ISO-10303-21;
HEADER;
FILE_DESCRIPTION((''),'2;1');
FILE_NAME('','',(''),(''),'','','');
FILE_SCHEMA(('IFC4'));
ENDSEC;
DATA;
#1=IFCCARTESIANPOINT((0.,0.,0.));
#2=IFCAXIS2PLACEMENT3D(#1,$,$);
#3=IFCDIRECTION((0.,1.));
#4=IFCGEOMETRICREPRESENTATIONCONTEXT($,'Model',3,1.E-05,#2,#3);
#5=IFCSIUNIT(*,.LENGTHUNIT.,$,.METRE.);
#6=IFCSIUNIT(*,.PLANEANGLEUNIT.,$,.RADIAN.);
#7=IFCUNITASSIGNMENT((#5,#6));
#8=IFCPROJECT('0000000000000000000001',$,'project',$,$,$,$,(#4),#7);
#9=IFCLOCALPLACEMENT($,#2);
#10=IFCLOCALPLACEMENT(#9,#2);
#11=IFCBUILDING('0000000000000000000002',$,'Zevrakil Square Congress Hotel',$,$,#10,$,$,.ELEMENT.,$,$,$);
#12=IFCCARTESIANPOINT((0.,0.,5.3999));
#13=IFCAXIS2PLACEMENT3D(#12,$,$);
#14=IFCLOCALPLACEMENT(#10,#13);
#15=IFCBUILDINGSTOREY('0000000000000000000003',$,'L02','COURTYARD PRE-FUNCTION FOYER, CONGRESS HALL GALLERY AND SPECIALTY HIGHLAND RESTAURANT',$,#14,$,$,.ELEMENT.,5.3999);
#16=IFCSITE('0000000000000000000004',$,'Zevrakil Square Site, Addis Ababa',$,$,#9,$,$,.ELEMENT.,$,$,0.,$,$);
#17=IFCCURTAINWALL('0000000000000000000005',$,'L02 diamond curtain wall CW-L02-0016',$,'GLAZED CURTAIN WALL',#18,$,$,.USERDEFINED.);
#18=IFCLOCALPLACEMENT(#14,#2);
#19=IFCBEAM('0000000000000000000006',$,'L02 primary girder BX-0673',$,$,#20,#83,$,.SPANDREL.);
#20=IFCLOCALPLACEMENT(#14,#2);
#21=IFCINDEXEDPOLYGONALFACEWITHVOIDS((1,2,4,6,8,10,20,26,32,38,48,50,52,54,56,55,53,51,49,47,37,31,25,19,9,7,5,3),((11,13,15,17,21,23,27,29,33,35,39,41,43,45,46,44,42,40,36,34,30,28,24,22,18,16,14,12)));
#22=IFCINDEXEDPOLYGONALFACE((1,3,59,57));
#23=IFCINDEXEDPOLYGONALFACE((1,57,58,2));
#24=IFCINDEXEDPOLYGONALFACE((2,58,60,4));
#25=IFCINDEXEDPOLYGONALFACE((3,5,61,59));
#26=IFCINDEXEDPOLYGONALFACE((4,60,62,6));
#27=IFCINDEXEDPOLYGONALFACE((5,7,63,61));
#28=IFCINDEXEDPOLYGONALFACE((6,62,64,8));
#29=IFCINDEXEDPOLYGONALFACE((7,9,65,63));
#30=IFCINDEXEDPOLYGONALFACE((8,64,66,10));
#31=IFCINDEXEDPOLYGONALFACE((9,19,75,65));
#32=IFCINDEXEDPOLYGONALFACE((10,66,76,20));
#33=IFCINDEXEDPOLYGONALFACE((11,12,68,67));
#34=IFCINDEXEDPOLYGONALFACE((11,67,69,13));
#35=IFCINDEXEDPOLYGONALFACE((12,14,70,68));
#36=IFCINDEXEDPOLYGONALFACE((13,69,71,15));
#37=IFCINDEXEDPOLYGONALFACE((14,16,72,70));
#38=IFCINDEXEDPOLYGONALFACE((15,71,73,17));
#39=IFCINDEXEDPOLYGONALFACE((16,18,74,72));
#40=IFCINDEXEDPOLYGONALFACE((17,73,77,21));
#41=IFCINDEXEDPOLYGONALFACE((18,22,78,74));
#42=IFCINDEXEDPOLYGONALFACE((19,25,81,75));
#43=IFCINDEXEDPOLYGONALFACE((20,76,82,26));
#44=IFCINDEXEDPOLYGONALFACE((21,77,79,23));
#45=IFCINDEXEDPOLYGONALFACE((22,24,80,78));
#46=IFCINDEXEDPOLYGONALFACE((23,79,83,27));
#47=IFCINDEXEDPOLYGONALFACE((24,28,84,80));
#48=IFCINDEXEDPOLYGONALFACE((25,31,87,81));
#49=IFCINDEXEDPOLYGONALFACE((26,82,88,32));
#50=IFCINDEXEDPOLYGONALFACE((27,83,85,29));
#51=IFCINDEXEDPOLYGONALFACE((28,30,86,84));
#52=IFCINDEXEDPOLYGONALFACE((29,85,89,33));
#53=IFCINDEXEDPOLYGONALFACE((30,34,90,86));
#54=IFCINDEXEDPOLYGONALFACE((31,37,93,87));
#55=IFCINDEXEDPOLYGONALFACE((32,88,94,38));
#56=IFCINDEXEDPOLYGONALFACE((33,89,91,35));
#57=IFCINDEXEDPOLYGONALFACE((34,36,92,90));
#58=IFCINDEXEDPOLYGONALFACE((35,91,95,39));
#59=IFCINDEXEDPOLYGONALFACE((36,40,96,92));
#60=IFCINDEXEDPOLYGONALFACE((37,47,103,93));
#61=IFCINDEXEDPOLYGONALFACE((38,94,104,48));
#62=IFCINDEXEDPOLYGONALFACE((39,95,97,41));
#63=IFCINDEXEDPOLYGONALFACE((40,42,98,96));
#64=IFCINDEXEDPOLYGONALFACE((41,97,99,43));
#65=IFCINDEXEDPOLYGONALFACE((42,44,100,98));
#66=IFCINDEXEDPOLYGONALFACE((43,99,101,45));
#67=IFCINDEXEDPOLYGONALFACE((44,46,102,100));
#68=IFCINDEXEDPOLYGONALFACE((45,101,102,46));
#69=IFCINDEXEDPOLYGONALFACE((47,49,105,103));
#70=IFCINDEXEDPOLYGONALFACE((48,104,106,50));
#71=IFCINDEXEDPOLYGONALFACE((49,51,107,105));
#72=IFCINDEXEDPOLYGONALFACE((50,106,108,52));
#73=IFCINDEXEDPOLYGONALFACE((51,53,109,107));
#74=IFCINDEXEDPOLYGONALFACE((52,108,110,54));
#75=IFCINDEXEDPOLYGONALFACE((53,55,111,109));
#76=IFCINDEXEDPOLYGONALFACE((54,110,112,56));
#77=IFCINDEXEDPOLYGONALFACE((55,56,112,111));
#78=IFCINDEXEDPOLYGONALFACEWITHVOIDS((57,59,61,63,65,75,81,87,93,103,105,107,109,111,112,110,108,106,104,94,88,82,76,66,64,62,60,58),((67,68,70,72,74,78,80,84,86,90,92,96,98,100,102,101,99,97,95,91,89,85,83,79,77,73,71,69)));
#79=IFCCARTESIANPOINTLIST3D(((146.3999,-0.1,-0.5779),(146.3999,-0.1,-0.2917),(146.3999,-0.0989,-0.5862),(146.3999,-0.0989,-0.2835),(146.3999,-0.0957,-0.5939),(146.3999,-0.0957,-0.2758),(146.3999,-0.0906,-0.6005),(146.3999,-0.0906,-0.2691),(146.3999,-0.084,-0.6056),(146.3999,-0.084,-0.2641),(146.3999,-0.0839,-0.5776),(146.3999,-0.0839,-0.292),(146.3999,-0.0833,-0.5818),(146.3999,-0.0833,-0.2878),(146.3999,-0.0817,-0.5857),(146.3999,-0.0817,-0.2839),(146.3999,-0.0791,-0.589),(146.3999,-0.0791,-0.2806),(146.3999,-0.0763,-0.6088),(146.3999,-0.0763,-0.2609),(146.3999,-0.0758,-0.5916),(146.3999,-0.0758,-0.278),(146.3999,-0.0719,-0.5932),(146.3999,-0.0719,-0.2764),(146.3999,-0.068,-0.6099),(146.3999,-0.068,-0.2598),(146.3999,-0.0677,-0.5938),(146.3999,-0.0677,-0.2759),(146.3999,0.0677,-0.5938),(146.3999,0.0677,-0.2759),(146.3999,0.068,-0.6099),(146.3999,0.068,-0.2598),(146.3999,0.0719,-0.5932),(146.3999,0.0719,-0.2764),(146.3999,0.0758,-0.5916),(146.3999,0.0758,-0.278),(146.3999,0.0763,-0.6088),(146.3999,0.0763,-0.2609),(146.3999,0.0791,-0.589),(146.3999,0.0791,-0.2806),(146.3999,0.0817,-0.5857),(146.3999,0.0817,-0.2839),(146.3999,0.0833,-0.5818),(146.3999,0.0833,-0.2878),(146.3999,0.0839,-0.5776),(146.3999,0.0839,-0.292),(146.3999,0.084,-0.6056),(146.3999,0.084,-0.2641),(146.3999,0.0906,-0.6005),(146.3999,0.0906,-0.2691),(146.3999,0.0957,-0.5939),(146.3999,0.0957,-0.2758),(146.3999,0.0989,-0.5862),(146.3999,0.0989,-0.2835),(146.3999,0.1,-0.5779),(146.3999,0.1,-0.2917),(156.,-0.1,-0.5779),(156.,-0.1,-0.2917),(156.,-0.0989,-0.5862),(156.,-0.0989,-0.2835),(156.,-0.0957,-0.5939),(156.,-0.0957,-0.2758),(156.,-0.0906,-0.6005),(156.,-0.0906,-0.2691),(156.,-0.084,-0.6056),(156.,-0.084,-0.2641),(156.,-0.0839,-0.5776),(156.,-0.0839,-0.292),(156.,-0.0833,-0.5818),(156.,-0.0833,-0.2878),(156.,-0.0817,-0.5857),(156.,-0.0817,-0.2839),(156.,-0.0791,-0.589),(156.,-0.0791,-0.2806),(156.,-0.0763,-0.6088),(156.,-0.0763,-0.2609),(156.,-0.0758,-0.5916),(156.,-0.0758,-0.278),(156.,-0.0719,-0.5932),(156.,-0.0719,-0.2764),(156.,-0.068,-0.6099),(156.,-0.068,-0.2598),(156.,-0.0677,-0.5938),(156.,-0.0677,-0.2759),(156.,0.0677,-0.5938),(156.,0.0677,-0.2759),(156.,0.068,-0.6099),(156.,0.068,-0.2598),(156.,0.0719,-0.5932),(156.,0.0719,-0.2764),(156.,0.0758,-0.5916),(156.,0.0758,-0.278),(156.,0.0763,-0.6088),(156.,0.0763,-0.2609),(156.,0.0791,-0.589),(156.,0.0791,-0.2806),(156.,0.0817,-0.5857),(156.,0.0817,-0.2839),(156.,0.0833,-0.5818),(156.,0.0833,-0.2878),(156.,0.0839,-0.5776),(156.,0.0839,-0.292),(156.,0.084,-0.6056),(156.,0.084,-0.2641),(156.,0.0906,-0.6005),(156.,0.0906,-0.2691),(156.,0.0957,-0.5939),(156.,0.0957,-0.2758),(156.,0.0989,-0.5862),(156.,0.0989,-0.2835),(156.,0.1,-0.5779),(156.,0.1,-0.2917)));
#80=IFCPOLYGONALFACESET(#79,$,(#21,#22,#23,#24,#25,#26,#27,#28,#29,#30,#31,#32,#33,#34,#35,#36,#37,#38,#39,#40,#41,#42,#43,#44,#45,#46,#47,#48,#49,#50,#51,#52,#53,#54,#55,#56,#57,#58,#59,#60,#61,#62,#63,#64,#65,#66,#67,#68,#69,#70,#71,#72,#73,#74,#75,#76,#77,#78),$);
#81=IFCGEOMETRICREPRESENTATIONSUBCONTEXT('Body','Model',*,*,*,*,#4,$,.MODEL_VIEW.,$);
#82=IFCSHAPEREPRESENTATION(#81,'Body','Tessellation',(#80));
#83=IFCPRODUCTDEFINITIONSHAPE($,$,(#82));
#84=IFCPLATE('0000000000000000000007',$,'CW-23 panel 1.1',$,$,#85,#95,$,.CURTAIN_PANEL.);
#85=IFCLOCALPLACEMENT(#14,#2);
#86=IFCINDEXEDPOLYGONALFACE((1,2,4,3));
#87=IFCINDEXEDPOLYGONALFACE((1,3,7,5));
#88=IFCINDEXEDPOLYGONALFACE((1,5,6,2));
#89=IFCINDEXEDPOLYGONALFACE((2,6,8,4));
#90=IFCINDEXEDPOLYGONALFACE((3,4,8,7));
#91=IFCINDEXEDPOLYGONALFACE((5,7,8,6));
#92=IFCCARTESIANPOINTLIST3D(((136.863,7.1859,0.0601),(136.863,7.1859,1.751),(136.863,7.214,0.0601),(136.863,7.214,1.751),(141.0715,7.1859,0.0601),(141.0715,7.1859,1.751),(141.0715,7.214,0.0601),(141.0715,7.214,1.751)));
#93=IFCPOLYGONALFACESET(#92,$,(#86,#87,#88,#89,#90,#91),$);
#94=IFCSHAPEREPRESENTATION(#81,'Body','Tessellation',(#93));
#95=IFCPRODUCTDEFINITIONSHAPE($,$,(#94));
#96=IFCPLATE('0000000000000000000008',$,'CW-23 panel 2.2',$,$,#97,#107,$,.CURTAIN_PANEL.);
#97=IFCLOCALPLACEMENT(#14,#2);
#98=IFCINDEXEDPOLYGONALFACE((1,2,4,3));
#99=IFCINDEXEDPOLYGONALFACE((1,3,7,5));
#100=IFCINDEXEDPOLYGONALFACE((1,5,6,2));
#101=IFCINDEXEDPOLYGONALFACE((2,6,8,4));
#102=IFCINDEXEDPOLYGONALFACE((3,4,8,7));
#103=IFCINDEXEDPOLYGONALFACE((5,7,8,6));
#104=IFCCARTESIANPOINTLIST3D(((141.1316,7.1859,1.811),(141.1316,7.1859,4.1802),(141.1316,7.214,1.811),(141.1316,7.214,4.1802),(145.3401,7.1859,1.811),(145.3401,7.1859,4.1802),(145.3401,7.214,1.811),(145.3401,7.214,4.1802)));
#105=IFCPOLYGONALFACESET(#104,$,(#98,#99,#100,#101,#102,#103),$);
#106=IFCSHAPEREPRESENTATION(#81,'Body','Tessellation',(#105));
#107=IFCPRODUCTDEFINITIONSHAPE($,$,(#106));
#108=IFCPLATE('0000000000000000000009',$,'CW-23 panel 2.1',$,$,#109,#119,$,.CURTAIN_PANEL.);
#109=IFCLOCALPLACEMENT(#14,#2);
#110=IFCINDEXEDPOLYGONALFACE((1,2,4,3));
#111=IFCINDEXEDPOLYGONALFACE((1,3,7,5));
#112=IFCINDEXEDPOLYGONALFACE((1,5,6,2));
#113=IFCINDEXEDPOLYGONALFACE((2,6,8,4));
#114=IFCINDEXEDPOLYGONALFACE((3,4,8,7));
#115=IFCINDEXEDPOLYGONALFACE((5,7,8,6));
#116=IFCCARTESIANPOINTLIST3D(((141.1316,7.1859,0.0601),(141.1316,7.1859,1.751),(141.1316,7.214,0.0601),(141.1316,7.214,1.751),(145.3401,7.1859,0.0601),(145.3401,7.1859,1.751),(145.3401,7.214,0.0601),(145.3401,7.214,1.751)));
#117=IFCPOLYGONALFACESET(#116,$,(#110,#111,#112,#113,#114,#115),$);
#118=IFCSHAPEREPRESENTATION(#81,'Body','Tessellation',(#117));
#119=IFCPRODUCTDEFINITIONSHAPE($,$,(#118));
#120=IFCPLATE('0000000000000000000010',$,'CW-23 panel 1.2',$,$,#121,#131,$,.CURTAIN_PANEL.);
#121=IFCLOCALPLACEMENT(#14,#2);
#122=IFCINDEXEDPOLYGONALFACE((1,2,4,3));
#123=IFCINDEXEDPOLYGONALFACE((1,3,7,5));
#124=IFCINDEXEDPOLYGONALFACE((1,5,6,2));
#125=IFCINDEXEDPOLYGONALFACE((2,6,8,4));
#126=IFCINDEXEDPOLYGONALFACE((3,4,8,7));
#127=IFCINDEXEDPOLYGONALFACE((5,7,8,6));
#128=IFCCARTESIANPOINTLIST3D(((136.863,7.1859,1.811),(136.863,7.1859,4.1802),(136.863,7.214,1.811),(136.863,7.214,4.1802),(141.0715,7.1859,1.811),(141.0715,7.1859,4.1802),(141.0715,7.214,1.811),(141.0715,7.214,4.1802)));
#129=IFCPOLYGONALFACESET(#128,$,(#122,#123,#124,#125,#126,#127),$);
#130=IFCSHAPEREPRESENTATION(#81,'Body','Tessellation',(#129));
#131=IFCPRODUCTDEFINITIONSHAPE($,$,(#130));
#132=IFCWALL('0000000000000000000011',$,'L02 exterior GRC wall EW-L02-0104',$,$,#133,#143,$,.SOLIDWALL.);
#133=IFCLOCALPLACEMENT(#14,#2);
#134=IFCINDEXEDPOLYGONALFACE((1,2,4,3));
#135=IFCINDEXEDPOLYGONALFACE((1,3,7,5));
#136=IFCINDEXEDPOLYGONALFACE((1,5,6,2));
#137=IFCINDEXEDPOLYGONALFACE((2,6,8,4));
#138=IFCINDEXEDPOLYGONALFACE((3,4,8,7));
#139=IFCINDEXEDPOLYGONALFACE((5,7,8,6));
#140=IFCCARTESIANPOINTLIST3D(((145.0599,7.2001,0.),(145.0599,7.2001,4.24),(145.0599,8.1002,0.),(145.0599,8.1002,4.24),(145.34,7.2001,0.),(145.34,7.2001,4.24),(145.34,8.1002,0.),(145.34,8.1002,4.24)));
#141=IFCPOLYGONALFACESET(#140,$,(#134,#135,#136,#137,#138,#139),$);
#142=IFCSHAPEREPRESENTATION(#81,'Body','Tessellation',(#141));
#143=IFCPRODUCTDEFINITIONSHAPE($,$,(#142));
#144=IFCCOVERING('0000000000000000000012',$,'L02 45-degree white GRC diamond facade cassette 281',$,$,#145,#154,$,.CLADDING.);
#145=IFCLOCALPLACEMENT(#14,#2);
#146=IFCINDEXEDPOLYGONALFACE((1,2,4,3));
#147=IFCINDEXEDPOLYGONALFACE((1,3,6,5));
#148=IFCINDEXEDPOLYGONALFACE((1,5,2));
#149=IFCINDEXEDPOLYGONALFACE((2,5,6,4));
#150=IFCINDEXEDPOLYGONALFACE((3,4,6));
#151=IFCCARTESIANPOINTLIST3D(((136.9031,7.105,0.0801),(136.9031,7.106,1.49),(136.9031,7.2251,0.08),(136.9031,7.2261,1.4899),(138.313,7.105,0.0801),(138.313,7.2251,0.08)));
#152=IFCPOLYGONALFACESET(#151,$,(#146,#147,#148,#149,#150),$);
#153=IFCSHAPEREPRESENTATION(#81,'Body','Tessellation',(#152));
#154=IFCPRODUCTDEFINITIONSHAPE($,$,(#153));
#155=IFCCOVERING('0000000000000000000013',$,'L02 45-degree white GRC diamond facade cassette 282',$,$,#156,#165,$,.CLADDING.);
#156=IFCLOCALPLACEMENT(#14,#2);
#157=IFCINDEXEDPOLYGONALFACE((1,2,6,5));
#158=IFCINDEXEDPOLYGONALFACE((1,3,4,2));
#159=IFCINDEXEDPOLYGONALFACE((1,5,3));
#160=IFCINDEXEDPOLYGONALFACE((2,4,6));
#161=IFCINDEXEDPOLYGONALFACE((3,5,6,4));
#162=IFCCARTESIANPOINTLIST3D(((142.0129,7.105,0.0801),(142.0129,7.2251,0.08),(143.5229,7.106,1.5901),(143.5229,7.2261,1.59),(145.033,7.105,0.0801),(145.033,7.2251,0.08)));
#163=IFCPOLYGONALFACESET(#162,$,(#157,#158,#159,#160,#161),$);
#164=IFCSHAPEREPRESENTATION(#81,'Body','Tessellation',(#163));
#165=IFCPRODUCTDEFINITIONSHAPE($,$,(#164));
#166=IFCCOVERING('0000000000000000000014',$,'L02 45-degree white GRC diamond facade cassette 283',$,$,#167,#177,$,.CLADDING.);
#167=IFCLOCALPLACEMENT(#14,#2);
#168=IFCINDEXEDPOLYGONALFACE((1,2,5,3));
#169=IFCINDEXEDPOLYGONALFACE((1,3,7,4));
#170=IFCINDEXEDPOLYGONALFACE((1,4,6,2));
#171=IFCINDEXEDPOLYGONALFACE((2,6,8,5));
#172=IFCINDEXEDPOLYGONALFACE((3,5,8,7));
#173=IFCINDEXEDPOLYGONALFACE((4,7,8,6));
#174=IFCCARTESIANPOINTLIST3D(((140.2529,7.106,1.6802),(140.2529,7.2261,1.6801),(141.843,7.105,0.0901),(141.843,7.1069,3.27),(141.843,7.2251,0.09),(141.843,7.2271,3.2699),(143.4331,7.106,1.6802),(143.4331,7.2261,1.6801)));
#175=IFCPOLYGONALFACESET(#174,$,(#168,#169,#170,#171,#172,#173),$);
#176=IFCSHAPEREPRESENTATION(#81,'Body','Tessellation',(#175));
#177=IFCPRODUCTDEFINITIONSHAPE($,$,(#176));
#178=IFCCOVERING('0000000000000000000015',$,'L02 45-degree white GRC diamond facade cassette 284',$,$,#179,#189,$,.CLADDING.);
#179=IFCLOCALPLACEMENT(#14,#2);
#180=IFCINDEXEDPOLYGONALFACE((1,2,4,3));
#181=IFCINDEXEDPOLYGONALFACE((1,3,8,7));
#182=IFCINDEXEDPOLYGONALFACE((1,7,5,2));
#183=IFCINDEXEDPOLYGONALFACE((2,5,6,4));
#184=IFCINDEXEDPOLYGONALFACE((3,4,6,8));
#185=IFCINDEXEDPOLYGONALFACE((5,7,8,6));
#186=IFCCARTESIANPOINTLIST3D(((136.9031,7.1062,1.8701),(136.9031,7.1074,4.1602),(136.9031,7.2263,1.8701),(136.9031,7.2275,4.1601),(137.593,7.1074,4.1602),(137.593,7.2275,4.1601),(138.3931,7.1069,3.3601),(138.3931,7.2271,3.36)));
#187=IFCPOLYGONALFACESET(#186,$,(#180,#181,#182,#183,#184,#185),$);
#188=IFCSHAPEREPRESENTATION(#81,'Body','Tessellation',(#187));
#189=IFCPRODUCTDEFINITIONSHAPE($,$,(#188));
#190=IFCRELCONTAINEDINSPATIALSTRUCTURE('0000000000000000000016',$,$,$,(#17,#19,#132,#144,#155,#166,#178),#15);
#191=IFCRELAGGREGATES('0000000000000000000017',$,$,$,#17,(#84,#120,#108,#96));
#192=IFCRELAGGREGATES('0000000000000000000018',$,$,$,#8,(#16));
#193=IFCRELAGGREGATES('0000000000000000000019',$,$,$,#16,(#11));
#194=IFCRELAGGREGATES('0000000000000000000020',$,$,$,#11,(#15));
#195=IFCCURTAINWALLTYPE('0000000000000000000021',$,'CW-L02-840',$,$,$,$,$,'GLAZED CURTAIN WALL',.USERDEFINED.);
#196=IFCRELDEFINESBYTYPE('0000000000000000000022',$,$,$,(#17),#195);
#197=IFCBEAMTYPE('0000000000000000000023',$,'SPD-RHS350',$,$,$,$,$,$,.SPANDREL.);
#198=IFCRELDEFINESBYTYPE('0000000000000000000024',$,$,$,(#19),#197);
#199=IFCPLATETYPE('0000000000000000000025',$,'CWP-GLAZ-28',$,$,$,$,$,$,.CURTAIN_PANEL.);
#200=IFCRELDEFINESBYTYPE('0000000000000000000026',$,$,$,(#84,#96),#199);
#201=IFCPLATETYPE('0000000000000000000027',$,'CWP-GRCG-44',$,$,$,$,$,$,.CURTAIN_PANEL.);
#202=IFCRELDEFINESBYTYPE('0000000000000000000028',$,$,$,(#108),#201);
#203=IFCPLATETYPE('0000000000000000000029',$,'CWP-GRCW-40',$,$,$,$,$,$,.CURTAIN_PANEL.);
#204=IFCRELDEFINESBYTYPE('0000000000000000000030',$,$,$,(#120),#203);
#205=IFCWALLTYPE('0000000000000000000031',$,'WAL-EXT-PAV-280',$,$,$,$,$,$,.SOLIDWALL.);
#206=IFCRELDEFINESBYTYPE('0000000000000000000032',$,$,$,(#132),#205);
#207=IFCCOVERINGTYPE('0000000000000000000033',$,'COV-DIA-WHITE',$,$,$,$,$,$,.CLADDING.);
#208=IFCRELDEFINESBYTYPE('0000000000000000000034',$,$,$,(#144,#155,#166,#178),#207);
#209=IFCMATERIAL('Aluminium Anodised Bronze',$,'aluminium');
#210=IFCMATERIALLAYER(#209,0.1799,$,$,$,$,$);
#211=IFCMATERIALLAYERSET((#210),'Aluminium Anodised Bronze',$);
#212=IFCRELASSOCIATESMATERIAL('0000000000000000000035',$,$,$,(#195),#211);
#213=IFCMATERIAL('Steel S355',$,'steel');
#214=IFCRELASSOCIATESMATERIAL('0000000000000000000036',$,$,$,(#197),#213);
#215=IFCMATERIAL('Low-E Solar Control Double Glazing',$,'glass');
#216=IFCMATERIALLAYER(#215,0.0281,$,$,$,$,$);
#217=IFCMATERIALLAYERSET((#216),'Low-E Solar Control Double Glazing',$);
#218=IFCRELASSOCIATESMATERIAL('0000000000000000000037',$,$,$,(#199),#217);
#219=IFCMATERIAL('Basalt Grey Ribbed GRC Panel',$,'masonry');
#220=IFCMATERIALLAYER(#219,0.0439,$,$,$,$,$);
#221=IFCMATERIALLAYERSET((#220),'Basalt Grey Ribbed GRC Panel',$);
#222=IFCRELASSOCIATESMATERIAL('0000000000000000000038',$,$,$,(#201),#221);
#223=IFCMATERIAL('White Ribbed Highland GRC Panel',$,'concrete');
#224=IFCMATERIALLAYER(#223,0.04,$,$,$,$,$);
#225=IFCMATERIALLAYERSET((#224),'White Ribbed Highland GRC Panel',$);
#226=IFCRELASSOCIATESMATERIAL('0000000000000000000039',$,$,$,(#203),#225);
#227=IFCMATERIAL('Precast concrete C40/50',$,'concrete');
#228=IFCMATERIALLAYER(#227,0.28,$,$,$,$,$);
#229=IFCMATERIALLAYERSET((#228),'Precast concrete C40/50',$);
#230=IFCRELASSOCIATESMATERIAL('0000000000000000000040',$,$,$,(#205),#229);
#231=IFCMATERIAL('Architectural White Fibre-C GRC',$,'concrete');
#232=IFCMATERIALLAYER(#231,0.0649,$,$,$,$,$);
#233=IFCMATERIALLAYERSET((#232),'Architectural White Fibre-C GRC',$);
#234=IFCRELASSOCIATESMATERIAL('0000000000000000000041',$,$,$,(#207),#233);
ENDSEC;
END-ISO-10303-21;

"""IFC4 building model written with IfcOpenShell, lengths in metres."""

from ifc_helpers import new_model, si_unit, direction, frame, frame_2d, origin, origin_2d, place, context, subcontext, project, spatial, polyline, rectangle, hollow_rectangle, outline, extrude, material, layer, layer_set, material_profile, profile_set, type_object, element, aggregate, save


model = new_model("IFC4")

# Units and contexts
model_context = context("Model", 3, precision=1e-05, world=origin(), true_north=direction((0.0, 1.0)))
body_context = subcontext(model_context, "Body", "Model", "MODEL_VIEW")
ifc_project = project(units=[si_unit("LENGTHUNIT", "METRE"), si_unit("PLANEANGLEUNIT", "RADIAN")], contexts=[model_context])

# Site, building, storey
site_placement = place(None, origin())
site = spatial("IfcSite", under=ifc_project, at=site_placement, Name="Zevrakil Square Site, Addis Ababa", CompositionType="ELEMENT", RefElevation=0.0)
building_placement = place(site_placement, origin())
building = spatial("IfcBuilding", under=site, at=building_placement, Name="Zevrakil Square Congress Hotel", CompositionType="ELEMENT")
storey_placement = place(building_placement, frame((0.0, 0.0, 5.3999)))
storey = spatial("IfcBuildingStorey", under=building, at=storey_placement, Name="L02", Description="COURTYARD PRE-FUNCTION FOYER, CONGRESS HALL GALLERY AND SPECIALTY HIGHLAND RESTAURANT", CompositionType="ELEMENT", Elevation=5.3999)

# Curtain wall
ifc_material_1 = material(Name="Aluminium Anodised Bronze", Category="aluminium")
ifc_layer_1 = layer(ifc_material_1, 0.1799)
ifc_layer_set_1 = layer_set([ifc_layer_1], Name="Aluminium Anodised Bronze")
curtain_wall_type_1 = type_object("IfcCurtainWallType", Name="CW-L02-840", ElementType="GLAZED CURTAIN WALL", PredefinedType="USERDEFINED", material=ifc_layer_set_1)
curtain_wall_1_placement = place(storey_placement, origin())
curtain_wall_1 = element("IfcCurtainWall", 1, at=curtain_wall_1_placement, inside=storey, type_object=curtain_wall_type_1, Name="L02 diamond curtain wall CW-L02-0016", ObjectType="GLAZED CURTAIN WALL", PredefinedType="USERDEFINED")

# Beam
ifc_material_2 = material(Name="Steel S355", Category="steel")
ifc_material_profile_1 = material_profile(ifc_material_2, hollow_rectangle(XDim=0.2, YDim=0.3501, WallThickness=0.0161, InnerFilletRadius=0.0161, OuterFilletRadius=0.032, at=origin_2d()), Name="RHS 350x200x16")
ifc_profile_set_1 = profile_set([ifc_material_profile_1], Name="Steel S355")
beam_type_1 = type_object("IfcBeamType", Name="SPD-RHS350", PredefinedType="SPANDREL", material=ifc_profile_set_1)
beam_1_placement = place(storey_placement, frame((146.3999, 0.0, -0.4348), z_axis=(1.0, 0.0, 0.0), x_axis=(0.0, 1.0, 0.0)))
element("IfcBeam", 2, at=beam_1_placement, inside=storey, type_object=beam_type_1, Name="L02 primary girder BX-0673", PredefinedType="SPANDREL", context=body_context, shape_type="SweptSolid", body=[
    extrude(hollow_rectangle(XDim=0.2, YDim=0.3501, WallThickness=0.0161, InnerFilletRadius=0.0161, OuterFilletRadius=0.032, at=origin_2d()), origin(), (0.0, 0.0, 1.0), 9.6001),
])

# Plates
ifc_material_3 = material(Name="Low-E Solar Control Double Glazing", Category="glass")
ifc_layer_2 = layer(ifc_material_3, 0.0281)
ifc_layer_set_2 = layer_set([ifc_layer_2], Name="Low-E Solar Control Double Glazing")
plate_type_1 = type_object("IfcPlateType", Name="CWP-GLAZ-28", PredefinedType="CURTAIN_PANEL", material=ifc_layer_set_2)
plate_1_placement = place(storey_placement, frame((138.9673, 7.2, 0.0601), z_axis=(0.0, 0.0, 1.0), x_axis=(1.0, 0.0, 0.0)))
plate_1 = element("IfcPlate", 3, at=plate_1_placement, type_object=plate_type_1, Name="CW-23 panel 1.1", PredefinedType="CURTAIN_PANEL", context=body_context, shape_type="SweptSolid", body=[
    extrude(rectangle(XDim=4.2085, YDim=0.0281, at=origin_2d()), origin(), (0.0, 0.0, 1.0), 1.6909),
])
plate_2_placement = place(storey_placement, frame((143.2358, 7.2, 1.811), z_axis=(0.0, 0.0, 1.0), x_axis=(1.0, 0.0, 0.0)))
plate_2 = element("IfcPlate", 4, at=plate_2_placement, type_object=plate_type_1, Name="CW-23 panel 2.2", PredefinedType="CURTAIN_PANEL", context=body_context, shape_type="SweptSolid", body=[
    extrude(rectangle(XDim=4.2085, YDim=0.0281, at=origin_2d()), origin(), (0.0, 0.0, 1.0), 2.3691),
])
ifc_material_4 = material(Name="Basalt Grey Ribbed GRC Panel", Category="masonry")
ifc_layer_3 = layer(ifc_material_4, 0.0439)
ifc_layer_set_3 = layer_set([ifc_layer_3], Name="Basalt Grey Ribbed GRC Panel")
plate_type_2 = type_object("IfcPlateType", Name="CWP-GRCG-44", PredefinedType="CURTAIN_PANEL", material=ifc_layer_set_3)
plate_3_placement = place(storey_placement, frame((143.2358, 7.2, 0.0601), z_axis=(0.0, 0.0, 1.0), x_axis=(1.0, 0.0, 0.0)))
plate_3 = element("IfcPlate", 5, at=plate_3_placement, type_object=plate_type_2, Name="CW-23 panel 2.1", PredefinedType="CURTAIN_PANEL", context=body_context, shape_type="SweptSolid", body=[
    extrude(rectangle(XDim=4.2085, YDim=0.0281, at=origin_2d()), origin(), (0.0, 0.0, 1.0), 1.6909),
])
ifc_material_5 = material(Name="White Ribbed Highland GRC Panel", Category="concrete")
ifc_layer_4 = layer(ifc_material_5, 0.04)
ifc_layer_set_4 = layer_set([ifc_layer_4], Name="White Ribbed Highland GRC Panel")
plate_type_3 = type_object("IfcPlateType", Name="CWP-GRCW-40", PredefinedType="CURTAIN_PANEL", material=ifc_layer_set_4)
plate_4_placement = place(storey_placement, frame((138.9673, 7.2, 1.811), z_axis=(0.0, 0.0, 1.0), x_axis=(1.0, 0.0, 0.0)))
plate_4 = element("IfcPlate", 6, at=plate_4_placement, type_object=plate_type_3, Name="CW-23 panel 1.2", PredefinedType="CURTAIN_PANEL", context=body_context, shape_type="SweptSolid", body=[
    extrude(rectangle(XDim=4.2085, YDim=0.0281, at=origin_2d()), origin(), (0.0, 0.0, 1.0), 2.3691),
])
aggregate(curtain_wall_1, [plate_1, plate_4, plate_3, plate_2])

# Wall
ifc_material_6 = material(Name="Precast concrete C40/50", Category="concrete")
ifc_layer_5 = layer(ifc_material_6, 0.28)
ifc_layer_set_5 = layer_set([ifc_layer_5], Name="Precast concrete C40/50")
wall_type = type_object("IfcWallType", Name="WAL-EXT-PAV-280", PredefinedType="SOLIDWALL", material=ifc_layer_set_5)
wall_placement = place(storey_placement, frame((145.2, 7.2, 0.0), z_axis=(0.0, 0.0, 1.0), x_axis=(0.0, 1.0, 0.0)))
element("IfcWall", 7, at=wall_placement, inside=storey, type_object=wall_type, Name="L02 exterior GRC wall EW-L02-0104", PredefinedType="SOLIDWALL", context=body_context, shape_type="SweptSolid", body=[
    extrude(rectangle(XDim=0.9001, YDim=0.28, at=frame_2d((0.4502, 0.0))), origin(), (0.0, 0.0, 1.0), 4.24),
])

# Coverings
ifc_material_7 = material(Name="Architectural White Fibre-C GRC", Category="concrete")
ifc_layer_6 = layer(ifc_material_7, 0.0649)
ifc_layer_set_6 = layer_set([ifc_layer_6], Name="Architectural White Fibre-C GRC")
covering_type_1 = type_object("IfcCoveringType", Name="COV-DIA-WHITE", PredefinedType="CLADDING", material=ifc_layer_set_6)
covering_1_placement = place(storey_placement, frame((138.313, 7.105, 0.0801), z_axis=(0.0, -1.0, 0.000693), x_axis=(-1.0, 0.0, 0.0)))
element("IfcCovering", 8, at=covering_1_placement, inside=storey, type_object=covering_type_1, Name="L02 45-degree white GRC diamond facade cassette 281", PredefinedType="CLADDING", context=body_context, shape_type="SweptSolid", body=[
    extrude(outline(polyline([(0.0, 0.0), (1.4099, 0.0), (1.4099, -1.4099), (0.0, 0.0)])), origin(), (0.0, 0.0, -1.0), 0.1201),
])
covering_2_placement = place(storey_placement, frame((143.5229, 7.106, 1.5901), z_axis=(0.0, -1.0, 0.000647), x_axis=(0.707107, -0.000457, -0.707107)))
element("IfcCovering", 9, at=covering_2_placement, inside=storey, type_object=covering_type_1, Name="L02 45-degree white GRC diamond facade cassette 282", PredefinedType="CLADDING", context=body_context, shape_type="SweptSolid", body=[
    extrude(outline(polyline([(0.0, 0.0), (2.1355, 0.0), (0.0, -2.1355), (0.0, 0.0)])), origin(), (0.0, 0.0, -1.0), 0.1201),
])
covering_3_placement = place(storey_placement, frame((141.843, 7.1069, 3.27), z_axis=(0.0, -1.0, 0.000614), x_axis=(0.707161, -0.000434, -0.707052)))
element("IfcCovering", 10, at=covering_3_placement, inside=storey, type_object=covering_type_1, Name="L02 45-degree white GRC diamond facade cassette 283", PredefinedType="CLADDING", context=body_context, shape_type="SweptSolid", body=[
    extrude(outline(polyline([(0.0, 0.0), (2.2486, 0.0), (2.2484, -2.2487), (-0.0003, -2.2486), (0.0, 0.0)])), origin(), (0.0, 0.0, -1.0), 0.1201),
])
covering_4_placement = place(storey_placement, frame((138.3931, 7.1069, 3.3601), z_axis=(-0.000036, -1.0, 0.000544), x_axis=(-0.707107, -0.000359, -0.707107)))
element("IfcCovering", 11, at=covering_4_placement, inside=storey, type_object=covering_type_1, Name="L02 45-degree white GRC diamond facade cassette 284", PredefinedType="CLADDING", context=body_context, shape_type="SweptSolid", body=[
    extrude(outline(polyline([(0.0, 0.0), (2.1072, 0.0), (0.4879, -1.6193), (0.0, -1.1314), (0.0, 0.0)])), origin(), (0.0, 0.0, -1.0), 0.1201),
])

save(model, "model.ifc")
